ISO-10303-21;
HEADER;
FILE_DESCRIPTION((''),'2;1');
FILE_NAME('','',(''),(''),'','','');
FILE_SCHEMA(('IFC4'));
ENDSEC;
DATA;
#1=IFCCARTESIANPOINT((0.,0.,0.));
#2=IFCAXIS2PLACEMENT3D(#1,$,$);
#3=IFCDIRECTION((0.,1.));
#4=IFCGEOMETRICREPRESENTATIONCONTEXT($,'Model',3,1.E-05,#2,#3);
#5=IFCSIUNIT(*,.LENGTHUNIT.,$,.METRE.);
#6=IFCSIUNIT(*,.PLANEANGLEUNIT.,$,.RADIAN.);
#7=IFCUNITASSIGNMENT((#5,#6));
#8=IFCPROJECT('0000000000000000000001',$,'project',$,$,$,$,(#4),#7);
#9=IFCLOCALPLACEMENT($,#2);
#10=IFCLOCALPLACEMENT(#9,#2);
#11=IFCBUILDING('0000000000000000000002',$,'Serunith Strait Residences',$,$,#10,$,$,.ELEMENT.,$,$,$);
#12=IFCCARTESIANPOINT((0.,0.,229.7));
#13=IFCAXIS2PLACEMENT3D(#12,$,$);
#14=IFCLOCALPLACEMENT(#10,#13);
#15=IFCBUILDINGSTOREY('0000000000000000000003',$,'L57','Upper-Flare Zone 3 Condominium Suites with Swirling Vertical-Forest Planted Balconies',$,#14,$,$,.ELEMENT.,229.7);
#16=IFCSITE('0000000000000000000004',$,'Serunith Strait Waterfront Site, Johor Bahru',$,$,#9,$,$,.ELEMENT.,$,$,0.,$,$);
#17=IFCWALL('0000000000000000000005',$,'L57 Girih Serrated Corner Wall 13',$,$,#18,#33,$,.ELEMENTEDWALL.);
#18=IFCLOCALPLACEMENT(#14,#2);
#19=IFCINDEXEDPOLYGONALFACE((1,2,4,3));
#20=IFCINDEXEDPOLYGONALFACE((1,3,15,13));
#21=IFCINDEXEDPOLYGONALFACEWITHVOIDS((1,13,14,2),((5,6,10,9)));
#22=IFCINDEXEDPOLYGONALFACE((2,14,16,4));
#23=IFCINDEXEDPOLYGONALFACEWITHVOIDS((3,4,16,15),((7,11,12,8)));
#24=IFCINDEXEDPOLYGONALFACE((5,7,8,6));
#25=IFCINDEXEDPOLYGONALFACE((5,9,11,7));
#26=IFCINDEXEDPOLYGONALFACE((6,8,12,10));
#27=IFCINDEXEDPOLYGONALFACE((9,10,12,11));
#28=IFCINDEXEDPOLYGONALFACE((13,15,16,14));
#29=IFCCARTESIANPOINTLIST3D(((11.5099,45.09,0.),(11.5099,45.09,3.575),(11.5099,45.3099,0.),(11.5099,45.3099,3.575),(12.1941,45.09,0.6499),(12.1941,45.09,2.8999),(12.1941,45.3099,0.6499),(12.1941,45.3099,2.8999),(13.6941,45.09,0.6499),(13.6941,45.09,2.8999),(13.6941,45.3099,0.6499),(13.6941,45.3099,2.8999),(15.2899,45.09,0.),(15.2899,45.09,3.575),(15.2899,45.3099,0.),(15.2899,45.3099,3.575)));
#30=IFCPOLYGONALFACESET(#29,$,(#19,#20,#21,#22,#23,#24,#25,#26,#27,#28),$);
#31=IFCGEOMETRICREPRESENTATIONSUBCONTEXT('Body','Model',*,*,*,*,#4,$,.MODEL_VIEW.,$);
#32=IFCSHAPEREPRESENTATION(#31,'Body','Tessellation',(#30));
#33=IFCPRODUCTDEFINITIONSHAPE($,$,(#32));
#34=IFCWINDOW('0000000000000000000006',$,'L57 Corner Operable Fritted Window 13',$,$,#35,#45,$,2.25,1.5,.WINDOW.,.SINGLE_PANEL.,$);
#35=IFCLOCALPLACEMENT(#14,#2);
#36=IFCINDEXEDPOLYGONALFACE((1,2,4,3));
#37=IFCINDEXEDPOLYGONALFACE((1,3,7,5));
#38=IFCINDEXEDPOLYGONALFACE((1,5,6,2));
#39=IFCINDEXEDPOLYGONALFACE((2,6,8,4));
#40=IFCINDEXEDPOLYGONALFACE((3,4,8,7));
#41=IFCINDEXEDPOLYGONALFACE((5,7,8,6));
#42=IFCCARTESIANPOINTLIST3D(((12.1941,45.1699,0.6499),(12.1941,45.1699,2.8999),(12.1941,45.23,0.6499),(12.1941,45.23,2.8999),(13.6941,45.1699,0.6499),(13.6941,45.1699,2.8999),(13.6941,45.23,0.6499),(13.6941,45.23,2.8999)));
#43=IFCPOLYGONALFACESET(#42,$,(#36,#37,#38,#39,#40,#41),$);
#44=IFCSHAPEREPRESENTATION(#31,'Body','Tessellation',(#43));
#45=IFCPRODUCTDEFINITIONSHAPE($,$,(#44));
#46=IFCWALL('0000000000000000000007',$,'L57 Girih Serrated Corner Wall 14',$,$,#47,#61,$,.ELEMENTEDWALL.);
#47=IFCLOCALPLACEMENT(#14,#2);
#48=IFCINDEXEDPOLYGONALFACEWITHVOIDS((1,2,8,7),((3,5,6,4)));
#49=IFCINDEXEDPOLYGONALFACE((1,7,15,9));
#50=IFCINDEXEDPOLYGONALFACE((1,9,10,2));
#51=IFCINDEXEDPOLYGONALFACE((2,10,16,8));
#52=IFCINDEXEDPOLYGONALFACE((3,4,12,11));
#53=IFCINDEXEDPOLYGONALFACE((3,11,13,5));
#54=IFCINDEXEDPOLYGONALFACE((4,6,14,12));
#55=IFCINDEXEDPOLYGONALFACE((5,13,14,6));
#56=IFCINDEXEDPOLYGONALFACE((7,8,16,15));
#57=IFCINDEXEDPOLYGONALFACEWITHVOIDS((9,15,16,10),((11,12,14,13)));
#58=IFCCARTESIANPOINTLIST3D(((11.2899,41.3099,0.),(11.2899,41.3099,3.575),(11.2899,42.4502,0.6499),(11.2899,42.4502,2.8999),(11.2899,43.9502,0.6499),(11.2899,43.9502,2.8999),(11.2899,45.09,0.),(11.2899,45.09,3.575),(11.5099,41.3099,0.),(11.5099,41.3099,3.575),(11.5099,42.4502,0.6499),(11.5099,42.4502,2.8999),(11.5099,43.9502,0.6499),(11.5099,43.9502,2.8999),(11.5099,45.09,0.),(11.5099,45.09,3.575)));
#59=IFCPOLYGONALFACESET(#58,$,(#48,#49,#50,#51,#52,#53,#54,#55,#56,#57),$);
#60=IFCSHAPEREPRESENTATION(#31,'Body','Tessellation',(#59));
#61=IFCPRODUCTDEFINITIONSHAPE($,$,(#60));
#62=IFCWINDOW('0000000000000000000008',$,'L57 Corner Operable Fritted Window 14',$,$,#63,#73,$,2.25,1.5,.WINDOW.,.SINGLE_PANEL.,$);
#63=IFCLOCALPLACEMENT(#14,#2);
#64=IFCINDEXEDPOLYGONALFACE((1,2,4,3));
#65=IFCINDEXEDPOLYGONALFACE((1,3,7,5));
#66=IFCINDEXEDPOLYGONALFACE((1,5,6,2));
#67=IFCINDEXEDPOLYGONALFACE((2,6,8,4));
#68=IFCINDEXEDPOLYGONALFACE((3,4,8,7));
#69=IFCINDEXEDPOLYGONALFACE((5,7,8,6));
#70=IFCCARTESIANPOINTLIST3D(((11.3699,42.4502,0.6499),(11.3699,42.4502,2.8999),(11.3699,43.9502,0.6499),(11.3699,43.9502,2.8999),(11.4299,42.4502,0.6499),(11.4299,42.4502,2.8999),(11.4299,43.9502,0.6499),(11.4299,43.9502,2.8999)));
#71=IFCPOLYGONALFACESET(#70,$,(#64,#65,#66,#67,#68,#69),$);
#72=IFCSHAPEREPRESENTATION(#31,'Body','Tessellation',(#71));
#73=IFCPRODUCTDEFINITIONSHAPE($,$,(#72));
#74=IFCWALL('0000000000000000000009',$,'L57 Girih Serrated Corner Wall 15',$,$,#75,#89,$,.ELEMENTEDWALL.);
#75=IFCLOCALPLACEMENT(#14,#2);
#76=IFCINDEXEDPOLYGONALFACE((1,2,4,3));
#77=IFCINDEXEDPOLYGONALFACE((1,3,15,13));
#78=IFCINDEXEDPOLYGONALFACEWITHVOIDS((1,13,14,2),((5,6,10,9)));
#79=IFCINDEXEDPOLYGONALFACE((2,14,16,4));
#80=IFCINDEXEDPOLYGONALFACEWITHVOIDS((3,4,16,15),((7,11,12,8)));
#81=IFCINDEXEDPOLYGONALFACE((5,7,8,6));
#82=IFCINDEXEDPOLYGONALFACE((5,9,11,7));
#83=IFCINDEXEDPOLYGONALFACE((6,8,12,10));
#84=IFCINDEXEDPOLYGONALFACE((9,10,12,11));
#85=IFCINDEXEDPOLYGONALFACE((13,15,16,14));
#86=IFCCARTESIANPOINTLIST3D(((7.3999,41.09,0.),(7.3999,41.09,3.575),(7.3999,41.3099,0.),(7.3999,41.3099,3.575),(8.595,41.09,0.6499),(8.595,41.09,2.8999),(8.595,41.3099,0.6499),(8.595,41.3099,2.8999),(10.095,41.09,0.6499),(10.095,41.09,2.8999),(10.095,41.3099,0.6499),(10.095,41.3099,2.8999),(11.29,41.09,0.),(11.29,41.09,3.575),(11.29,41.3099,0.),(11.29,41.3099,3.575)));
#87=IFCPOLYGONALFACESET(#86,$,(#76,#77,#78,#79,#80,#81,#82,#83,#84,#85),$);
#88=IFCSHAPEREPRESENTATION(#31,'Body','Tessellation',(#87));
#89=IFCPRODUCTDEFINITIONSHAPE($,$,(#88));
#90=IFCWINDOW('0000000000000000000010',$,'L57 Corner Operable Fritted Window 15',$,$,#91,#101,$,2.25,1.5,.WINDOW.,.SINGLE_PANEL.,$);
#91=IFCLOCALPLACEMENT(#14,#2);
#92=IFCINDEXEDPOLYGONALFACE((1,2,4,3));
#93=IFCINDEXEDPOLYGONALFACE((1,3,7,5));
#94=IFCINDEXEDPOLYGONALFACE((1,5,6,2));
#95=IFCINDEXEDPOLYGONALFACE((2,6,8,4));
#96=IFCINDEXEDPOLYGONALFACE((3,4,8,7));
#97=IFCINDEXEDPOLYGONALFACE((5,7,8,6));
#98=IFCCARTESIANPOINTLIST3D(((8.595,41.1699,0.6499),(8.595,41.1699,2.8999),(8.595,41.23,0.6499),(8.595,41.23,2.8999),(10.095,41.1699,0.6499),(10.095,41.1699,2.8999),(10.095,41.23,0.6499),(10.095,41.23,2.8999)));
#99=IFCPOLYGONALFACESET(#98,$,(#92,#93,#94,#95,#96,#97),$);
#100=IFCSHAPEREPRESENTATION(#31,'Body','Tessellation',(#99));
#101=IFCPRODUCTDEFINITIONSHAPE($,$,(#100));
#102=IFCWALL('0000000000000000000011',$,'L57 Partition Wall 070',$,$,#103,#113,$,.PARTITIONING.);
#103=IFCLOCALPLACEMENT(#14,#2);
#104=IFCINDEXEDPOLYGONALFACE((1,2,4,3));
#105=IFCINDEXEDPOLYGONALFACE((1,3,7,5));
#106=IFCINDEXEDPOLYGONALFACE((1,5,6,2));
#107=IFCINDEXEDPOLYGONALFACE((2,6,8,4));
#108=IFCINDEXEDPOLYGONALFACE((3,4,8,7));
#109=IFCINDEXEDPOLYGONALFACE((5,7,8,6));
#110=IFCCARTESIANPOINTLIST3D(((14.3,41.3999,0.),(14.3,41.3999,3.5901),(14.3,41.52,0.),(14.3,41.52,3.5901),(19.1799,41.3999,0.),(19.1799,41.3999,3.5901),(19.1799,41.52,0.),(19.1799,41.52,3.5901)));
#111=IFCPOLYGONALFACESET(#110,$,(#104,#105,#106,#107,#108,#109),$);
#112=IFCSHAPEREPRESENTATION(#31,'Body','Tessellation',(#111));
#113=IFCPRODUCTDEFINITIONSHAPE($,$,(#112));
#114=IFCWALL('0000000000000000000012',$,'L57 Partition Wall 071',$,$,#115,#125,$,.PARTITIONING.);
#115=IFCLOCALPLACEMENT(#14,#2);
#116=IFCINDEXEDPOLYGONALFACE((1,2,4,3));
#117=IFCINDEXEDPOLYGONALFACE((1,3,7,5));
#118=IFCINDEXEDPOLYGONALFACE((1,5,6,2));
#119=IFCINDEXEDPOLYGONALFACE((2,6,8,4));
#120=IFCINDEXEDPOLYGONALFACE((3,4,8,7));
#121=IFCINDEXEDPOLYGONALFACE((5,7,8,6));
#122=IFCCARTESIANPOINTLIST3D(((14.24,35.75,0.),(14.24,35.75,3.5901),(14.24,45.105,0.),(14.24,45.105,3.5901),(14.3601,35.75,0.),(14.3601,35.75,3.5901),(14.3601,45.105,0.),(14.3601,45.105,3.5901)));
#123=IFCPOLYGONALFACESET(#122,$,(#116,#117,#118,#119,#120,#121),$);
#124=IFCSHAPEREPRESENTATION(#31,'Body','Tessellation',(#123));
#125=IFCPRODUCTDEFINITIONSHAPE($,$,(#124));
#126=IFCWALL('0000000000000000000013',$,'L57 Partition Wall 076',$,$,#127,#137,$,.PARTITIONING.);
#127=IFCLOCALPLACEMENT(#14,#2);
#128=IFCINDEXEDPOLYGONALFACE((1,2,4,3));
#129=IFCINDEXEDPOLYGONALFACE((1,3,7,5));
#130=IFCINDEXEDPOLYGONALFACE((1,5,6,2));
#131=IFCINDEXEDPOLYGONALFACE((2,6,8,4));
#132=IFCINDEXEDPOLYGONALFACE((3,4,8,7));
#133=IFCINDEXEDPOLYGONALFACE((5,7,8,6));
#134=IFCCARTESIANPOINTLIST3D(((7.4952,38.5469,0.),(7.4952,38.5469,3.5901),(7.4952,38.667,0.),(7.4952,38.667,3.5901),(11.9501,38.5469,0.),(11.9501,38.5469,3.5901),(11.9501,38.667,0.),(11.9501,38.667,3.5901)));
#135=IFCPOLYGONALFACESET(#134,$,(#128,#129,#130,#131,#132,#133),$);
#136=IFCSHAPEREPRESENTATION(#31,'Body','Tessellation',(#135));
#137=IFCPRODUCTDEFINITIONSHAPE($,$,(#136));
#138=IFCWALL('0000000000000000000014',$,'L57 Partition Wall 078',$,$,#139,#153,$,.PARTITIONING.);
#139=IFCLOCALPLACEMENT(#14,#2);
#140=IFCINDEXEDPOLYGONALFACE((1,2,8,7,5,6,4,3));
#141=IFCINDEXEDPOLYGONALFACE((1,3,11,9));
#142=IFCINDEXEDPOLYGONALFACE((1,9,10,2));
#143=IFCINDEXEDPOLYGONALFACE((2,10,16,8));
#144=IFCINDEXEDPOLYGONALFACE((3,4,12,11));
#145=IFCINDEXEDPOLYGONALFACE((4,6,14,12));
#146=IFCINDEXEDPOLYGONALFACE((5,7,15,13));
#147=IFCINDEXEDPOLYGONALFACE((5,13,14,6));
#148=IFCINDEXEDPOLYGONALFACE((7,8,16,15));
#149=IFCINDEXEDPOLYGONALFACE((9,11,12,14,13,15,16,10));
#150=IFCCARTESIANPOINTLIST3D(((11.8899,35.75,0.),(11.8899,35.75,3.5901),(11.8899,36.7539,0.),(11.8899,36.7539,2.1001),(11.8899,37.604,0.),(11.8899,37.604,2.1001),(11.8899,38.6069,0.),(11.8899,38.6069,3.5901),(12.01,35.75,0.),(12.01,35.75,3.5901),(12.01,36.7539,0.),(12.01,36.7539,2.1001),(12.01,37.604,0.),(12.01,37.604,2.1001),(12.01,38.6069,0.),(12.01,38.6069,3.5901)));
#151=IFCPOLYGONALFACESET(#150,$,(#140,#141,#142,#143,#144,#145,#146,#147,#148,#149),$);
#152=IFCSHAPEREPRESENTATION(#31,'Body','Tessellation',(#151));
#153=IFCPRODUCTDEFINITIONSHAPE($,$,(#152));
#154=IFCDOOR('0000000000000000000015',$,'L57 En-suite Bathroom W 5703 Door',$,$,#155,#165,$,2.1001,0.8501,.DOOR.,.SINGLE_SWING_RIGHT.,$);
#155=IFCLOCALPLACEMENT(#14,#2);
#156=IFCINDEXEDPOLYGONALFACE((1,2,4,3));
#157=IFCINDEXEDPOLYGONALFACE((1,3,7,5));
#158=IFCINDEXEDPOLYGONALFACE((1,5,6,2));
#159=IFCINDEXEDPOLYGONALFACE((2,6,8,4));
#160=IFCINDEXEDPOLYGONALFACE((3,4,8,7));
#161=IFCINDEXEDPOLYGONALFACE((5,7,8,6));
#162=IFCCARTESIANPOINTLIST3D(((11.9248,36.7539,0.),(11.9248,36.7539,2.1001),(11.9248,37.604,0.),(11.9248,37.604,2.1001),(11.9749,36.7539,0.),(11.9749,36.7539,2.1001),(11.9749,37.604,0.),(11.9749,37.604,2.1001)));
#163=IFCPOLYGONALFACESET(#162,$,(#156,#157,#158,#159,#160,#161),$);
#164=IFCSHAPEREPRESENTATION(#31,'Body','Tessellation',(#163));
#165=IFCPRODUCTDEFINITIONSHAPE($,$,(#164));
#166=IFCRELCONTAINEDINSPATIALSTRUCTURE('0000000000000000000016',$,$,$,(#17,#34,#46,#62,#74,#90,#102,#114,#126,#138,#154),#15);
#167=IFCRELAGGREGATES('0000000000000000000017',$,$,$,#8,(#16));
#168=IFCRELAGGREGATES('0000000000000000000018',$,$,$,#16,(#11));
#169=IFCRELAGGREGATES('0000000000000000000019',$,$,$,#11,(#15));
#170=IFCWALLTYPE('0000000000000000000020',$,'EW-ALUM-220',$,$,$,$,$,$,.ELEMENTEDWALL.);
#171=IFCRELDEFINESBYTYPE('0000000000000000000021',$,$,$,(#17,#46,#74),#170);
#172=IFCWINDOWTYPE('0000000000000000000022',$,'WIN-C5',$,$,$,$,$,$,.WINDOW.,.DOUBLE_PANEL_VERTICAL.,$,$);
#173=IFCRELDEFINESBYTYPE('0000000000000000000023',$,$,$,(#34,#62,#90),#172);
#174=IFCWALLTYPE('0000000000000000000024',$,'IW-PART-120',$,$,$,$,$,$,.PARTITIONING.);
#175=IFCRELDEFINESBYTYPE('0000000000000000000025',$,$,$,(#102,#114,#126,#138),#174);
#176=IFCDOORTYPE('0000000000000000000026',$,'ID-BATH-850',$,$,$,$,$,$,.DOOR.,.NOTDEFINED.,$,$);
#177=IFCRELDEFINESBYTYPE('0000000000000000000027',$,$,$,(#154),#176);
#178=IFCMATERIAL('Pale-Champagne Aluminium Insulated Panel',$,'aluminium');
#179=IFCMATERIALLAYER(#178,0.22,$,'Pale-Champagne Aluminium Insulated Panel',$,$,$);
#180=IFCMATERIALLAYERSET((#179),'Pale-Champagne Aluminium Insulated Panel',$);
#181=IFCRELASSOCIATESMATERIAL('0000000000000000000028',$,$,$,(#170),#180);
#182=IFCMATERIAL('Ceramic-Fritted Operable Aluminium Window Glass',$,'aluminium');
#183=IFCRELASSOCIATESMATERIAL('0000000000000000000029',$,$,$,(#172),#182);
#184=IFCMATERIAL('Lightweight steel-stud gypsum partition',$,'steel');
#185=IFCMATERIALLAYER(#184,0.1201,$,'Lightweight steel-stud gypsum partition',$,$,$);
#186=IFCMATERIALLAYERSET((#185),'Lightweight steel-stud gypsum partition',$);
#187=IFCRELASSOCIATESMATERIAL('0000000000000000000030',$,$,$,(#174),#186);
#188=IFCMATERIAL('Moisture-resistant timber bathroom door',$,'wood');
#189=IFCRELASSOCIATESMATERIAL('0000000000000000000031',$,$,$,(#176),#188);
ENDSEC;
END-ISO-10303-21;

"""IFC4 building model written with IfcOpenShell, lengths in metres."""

from ifc_helpers import new_model, si_unit, direction, frame, frame_2d, origin, place, context, subcontext, project, spatial, rectangle, extrude, source, transform, mapped, material, layer, layer_set, type_object, element, fill, save


model = new_model("IFC4")

# Units and contexts
model_context = context("Model", 3, precision=1e-05, world=origin(), true_north=direction((0.0, 1.0)))
body_context = subcontext(model_context, "Body", "Model", "MODEL_VIEW")
ifc_project = project(units=[si_unit("LENGTHUNIT", "METRE"), si_unit("PLANEANGLEUNIT", "RADIAN")], contexts=[model_context])

# Site, building, storey
site_placement = place(None, origin())
site = spatial("IfcSite", under=ifc_project, at=site_placement, Name="Serunith Strait Waterfront Site, Johor Bahru", CompositionType="ELEMENT", RefElevation=0.0)
building_placement = place(site_placement, origin())
building = spatial("IfcBuilding", under=site, at=building_placement, Name="Serunith Strait Residences", CompositionType="ELEMENT")
storey_placement = place(building_placement, frame((0.0, 0.0, 229.7)))
storey = spatial("IfcBuildingStorey", under=building, at=storey_placement, Name="L57", Description="Upper-Flare Zone 3 Condominium Suites with Swirling Vertical-Forest Planted Balconies", CompositionType="ELEMENT", Elevation=229.7)

# Walls, openings, windows
ifc_material_1 = material(Name="Pale-Champagne Aluminium Insulated Panel", Category="aluminium")
ifc_layer_1 = layer(ifc_material_1, 0.22, Name="Pale-Champagne Aluminium Insulated Panel")
ifc_layer_set_1 = layer_set([ifc_layer_1], Name="Pale-Champagne Aluminium Insulated Panel")
wall_type_1 = type_object("IfcWallType", Name="EW-ALUM-220", PredefinedType="ELEMENTEDWALL", material=ifc_layer_set_1)
ifc_material_2 = material(Name="Ceramic-Fritted Operable Aluminium Window Glass", Category="aluminium")
window_type = type_object("IfcWindowType", Name="WIN-C5", PartitioningType="DOUBLE_PANEL_VERTICAL", PredefinedType="WINDOW", material=ifc_material_2)
shared_shape_1 = source(origin(), body_context, "Body", "SweptSolid", [
    extrude(rectangle(XDim=1.5, YDim=2.25, at=frame_2d((0.75, 1.125))), frame((0.0, 0.03, 0.0), z_axis=(0.0, -1.0, 0.0), x_axis=(1.0, 0.0, 0.0)), (0.0, 0.0, 1.0), 0.0601),
])
wall_1_placement = place(storey_placement, frame((15.29, 45.2, 0.0), z_axis=(0.0, 0.0, 1.0), x_axis=(-1.0, 0.0, 0.0)))
wall_1 = element("IfcWall", 1, at=wall_1_placement, inside=storey, type_object=wall_type_1, Name="L57 Girih Serrated Corner Wall 13", PredefinedType="ELEMENTEDWALL", context=body_context, shape_type="SweptSolid", body=[
    extrude(rectangle(XDim=3.78, YDim=0.22, at=frame_2d((1.8901, 0.0))), origin(), (0.0, 0.0, 1.0), 3.575),
])
opening_1_placement = place(wall_1_placement, frame((1.5959, 0.0, 0.6499)))
opening_1 = element("IfcOpeningElement", 2, at=opening_1_placement, cuts=wall_1, PredefinedType="OPENING", context=body_context, shape_type="SweptSolid", body=[
    extrude(rectangle(XDim=1.5, YDim=2.25, at=frame_2d((0.75, 1.125))), frame((0.0, 0.1201, 0.0), z_axis=(0.0, -1.0, 0.0), x_axis=(1.0, 0.0, 0.0)), (0.0, 0.0, 1.0), 0.24),
])
window_1_placement = place(opening_1_placement, origin())
window_1 = element("IfcWindow", 3, at=window_1_placement, inside=storey, type_object=window_type, Name="L57 Corner Operable Fritted Window 13", OverallHeight=2.25, OverallWidth=1.5, PartitioningType="SINGLE_PANEL", PredefinedType="WINDOW", context=body_context, shape_type="MappedRepresentation", body=[
    mapped(shared_shape_1, transform((0.0, 0.0, 0.0), scale=1.0)),
])
fill(opening_1, window_1)
wall_2_placement = place(storey_placement, frame((11.3999, 45.0901, 0.0), z_axis=(0.0, 0.0, 1.0), x_axis=(0.0, -1.0, 0.0)))
wall_2 = element("IfcWall", 4, at=wall_2_placement, inside=storey, type_object=wall_type_1, Name="L57 Girih Serrated Corner Wall 14", PredefinedType="ELEMENTEDWALL", context=body_context, shape_type="SweptSolid", body=[
    extrude(rectangle(XDim=3.78, YDim=0.22, at=frame_2d((1.8901, 0.0))), origin(), (0.0, 0.0, 1.0), 3.575),
])
opening_2_placement = place(wall_2_placement, frame((1.1399, 0.0, 0.6499)))
opening_2 = element("IfcOpeningElement", 5, at=opening_2_placement, cuts=wall_2, PredefinedType="OPENING", context=body_context, shape_type="SweptSolid", body=[
    extrude(rectangle(XDim=1.5, YDim=2.25, at=frame_2d((0.75, 1.125))), frame((0.0, 0.1201, 0.0), z_axis=(0.0, -1.0, 0.0), x_axis=(1.0, 0.0, 0.0)), (0.0, 0.0, 1.0), 0.24),
])
window_2_placement = place(opening_2_placement, origin())
window_2 = element("IfcWindow", 6, at=window_2_placement, inside=storey, type_object=window_type, Name="L57 Corner Operable Fritted Window 14", OverallHeight=2.25, OverallWidth=1.5, PartitioningType="SINGLE_PANEL", PredefinedType="WINDOW", context=body_context, shape_type="MappedRepresentation", body=[
    mapped(shared_shape_1, transform((0.0, 0.0, 0.0), scale=1.0)),
])
fill(opening_2, window_2)
wall_3_placement = place(storey_placement, frame((11.29, 41.2, 0.0), z_axis=(0.0, 0.0, 1.0), x_axis=(-1.0, 0.0, 0.0)))
wall_3 = element("IfcWall", 7, at=wall_3_placement, inside=storey, type_object=wall_type_1, Name="L57 Girih Serrated Corner Wall 15", PredefinedType="ELEMENTEDWALL", context=body_context, shape_type="SweptSolid", body=[
    extrude(rectangle(XDim=3.8901, YDim=0.22, at=frame_2d((1.9451, 0.0))), origin(), (0.0, 0.0, 1.0), 3.575),
])
opening_3_placement = place(wall_3_placement, frame((1.1951, 0.0, 0.6499)))
opening_3 = element("IfcOpeningElement", 8, at=opening_3_placement, cuts=wall_3, PredefinedType="OPENING", context=body_context, shape_type="SweptSolid", body=[
    extrude(rectangle(XDim=1.5, YDim=2.25, at=frame_2d((0.75, 1.125))), frame((0.0, 0.1201, 0.0), z_axis=(0.0, -1.0, 0.0), x_axis=(1.0, 0.0, 0.0)), (0.0, 0.0, 1.0), 0.24),
])
window_3_placement = place(opening_3_placement, origin())
window_3 = element("IfcWindow", 9, at=window_3_placement, inside=storey, type_object=window_type, Name="L57 Corner Operable Fritted Window 15", OverallHeight=2.25, OverallWidth=1.5, PartitioningType="SINGLE_PANEL", PredefinedType="WINDOW", context=body_context, shape_type="MappedRepresentation", body=[
    mapped(shared_shape_1, transform((0.0, 0.0, 0.0), scale=1.0)),
])
fill(opening_3, window_3)

# Walls
ifc_material_3 = material(Name="Lightweight steel-stud gypsum partition", Category="steel")
ifc_layer_2 = layer(ifc_material_3, 0.1201, Name="Lightweight steel-stud gypsum partition")
ifc_layer_set_2 = layer_set([ifc_layer_2], Name="Lightweight steel-stud gypsum partition")
wall_type_2 = type_object("IfcWallType", Name="IW-PART-120", PredefinedType="PARTITIONING", material=ifc_layer_set_2)
wall_4_placement = place(storey_placement, frame((14.3, 41.46, 0.0), z_axis=(0.0, 0.0, 1.0), x_axis=(1.0, 0.0, 0.0)))
element("IfcWall", 10, at=wall_4_placement, inside=storey, type_object=wall_type_2, Name="L57 Partition Wall 070", PredefinedType="PARTITIONING", context=body_context, shape_type="SweptSolid", body=[
    extrude(rectangle(XDim=4.8799, YDim=0.1201, at=frame_2d((2.4399, 0.0))), origin(), (0.0, 0.0, 1.0), 3.5901),
])
wall_5_placement = place(storey_placement, frame((14.3, 45.105, 0.0), z_axis=(0.0, 0.0, 1.0), x_axis=(0.0, -1.0, 0.0)))
element("IfcWall", 11, at=wall_5_placement, inside=storey, type_object=wall_type_2, Name="L57 Partition Wall 071", PredefinedType="PARTITIONING", context=body_context, shape_type="SweptSolid", body=[
    extrude(rectangle(XDim=9.355, YDim=0.1201, at=frame_2d((4.6775, 0.0))), origin(), (0.0, 0.0, 1.0), 3.5901),
])
wall_6_placement = place(storey_placement, frame((7.4951, 38.6069, 0.0), z_axis=(0.0, 0.0, 1.0), x_axis=(1.0, 0.0, 0.0)))
element("IfcWall", 12, at=wall_6_placement, inside=storey, type_object=wall_type_2, Name="L57 Partition Wall 076", PredefinedType="PARTITIONING", context=body_context, shape_type="SweptSolid", body=[
    extrude(rectangle(XDim=4.4548, YDim=0.1201, at=frame_2d((2.2275, 0.0))), origin(), (0.0, 0.0, 1.0), 3.5901),
])

# Wall, opening, door
wall_7_placement = place(storey_placement, frame((11.95, 38.6069, 0.0), z_axis=(0.0, 0.0, 1.0), x_axis=(0.0, -1.0, 0.0)))
wall_7 = element("IfcWall", 13, at=wall_7_placement, inside=storey, type_object=wall_type_2, Name="L57 Partition Wall 078", PredefinedType="PARTITIONING", context=body_context, shape_type="SweptSolid", body=[
    extrude(rectangle(XDim=2.8569, YDim=0.1201, at=frame_2d((1.4285, 0.0))), origin(), (0.0, 0.0, 1.0), 3.5901),
])
opening_4_placement = place(wall_7_placement, frame((1.0029, 0.0, 0.0)))
opening_4 = element("IfcOpeningElement", 14, at=opening_4_placement, cuts=wall_7, PredefinedType="OPENING", context=body_context, shape_type="SweptSolid", body=[
    extrude(rectangle(XDim=0.8501, YDim=2.1001, at=frame_2d((0.425, 1.05))), frame((0.0, 0.0701, 0.0), z_axis=(0.0, -1.0, 0.0), x_axis=(1.0, 0.0, 0.0)), (0.0, 0.0, 1.0), 0.1401),
])
ifc_material_4 = material(Name="Moisture-resistant timber bathroom door", Category="wood")
door_type = type_object("IfcDoorType", Name="ID-BATH-850", OperationType="NOTDEFINED", PredefinedType="DOOR", material=ifc_material_4)
shared_shape_2 = source(origin(), body_context, "Body", "SweptSolid", [
    extrude(rectangle(XDim=0.8501, YDim=2.1001, at=frame_2d((0.425, 1.05))), frame((0.0, 0.0249, 0.0), z_axis=(0.0, -1.0, 0.0), x_axis=(1.0, 0.0, 0.0)), (0.0, 0.0, 1.0), 0.05),
])
door_placement = place(opening_4_placement, origin())
door = element("IfcDoor", 15, at=door_placement, inside=storey, type_object=door_type, Name="L57 En-suite Bathroom W 5703 Door", OperationType="SINGLE_SWING_RIGHT", OverallHeight=2.1001, OverallWidth=0.8501, PredefinedType="DOOR", context=body_context, shape_type="MappedRepresentation", body=[
    mapped(shared_shape_2, transform((0.0, 0.0, 0.0), scale=1.0)),
])
fill(opening_4, door)

save(model, "model.ifc")
